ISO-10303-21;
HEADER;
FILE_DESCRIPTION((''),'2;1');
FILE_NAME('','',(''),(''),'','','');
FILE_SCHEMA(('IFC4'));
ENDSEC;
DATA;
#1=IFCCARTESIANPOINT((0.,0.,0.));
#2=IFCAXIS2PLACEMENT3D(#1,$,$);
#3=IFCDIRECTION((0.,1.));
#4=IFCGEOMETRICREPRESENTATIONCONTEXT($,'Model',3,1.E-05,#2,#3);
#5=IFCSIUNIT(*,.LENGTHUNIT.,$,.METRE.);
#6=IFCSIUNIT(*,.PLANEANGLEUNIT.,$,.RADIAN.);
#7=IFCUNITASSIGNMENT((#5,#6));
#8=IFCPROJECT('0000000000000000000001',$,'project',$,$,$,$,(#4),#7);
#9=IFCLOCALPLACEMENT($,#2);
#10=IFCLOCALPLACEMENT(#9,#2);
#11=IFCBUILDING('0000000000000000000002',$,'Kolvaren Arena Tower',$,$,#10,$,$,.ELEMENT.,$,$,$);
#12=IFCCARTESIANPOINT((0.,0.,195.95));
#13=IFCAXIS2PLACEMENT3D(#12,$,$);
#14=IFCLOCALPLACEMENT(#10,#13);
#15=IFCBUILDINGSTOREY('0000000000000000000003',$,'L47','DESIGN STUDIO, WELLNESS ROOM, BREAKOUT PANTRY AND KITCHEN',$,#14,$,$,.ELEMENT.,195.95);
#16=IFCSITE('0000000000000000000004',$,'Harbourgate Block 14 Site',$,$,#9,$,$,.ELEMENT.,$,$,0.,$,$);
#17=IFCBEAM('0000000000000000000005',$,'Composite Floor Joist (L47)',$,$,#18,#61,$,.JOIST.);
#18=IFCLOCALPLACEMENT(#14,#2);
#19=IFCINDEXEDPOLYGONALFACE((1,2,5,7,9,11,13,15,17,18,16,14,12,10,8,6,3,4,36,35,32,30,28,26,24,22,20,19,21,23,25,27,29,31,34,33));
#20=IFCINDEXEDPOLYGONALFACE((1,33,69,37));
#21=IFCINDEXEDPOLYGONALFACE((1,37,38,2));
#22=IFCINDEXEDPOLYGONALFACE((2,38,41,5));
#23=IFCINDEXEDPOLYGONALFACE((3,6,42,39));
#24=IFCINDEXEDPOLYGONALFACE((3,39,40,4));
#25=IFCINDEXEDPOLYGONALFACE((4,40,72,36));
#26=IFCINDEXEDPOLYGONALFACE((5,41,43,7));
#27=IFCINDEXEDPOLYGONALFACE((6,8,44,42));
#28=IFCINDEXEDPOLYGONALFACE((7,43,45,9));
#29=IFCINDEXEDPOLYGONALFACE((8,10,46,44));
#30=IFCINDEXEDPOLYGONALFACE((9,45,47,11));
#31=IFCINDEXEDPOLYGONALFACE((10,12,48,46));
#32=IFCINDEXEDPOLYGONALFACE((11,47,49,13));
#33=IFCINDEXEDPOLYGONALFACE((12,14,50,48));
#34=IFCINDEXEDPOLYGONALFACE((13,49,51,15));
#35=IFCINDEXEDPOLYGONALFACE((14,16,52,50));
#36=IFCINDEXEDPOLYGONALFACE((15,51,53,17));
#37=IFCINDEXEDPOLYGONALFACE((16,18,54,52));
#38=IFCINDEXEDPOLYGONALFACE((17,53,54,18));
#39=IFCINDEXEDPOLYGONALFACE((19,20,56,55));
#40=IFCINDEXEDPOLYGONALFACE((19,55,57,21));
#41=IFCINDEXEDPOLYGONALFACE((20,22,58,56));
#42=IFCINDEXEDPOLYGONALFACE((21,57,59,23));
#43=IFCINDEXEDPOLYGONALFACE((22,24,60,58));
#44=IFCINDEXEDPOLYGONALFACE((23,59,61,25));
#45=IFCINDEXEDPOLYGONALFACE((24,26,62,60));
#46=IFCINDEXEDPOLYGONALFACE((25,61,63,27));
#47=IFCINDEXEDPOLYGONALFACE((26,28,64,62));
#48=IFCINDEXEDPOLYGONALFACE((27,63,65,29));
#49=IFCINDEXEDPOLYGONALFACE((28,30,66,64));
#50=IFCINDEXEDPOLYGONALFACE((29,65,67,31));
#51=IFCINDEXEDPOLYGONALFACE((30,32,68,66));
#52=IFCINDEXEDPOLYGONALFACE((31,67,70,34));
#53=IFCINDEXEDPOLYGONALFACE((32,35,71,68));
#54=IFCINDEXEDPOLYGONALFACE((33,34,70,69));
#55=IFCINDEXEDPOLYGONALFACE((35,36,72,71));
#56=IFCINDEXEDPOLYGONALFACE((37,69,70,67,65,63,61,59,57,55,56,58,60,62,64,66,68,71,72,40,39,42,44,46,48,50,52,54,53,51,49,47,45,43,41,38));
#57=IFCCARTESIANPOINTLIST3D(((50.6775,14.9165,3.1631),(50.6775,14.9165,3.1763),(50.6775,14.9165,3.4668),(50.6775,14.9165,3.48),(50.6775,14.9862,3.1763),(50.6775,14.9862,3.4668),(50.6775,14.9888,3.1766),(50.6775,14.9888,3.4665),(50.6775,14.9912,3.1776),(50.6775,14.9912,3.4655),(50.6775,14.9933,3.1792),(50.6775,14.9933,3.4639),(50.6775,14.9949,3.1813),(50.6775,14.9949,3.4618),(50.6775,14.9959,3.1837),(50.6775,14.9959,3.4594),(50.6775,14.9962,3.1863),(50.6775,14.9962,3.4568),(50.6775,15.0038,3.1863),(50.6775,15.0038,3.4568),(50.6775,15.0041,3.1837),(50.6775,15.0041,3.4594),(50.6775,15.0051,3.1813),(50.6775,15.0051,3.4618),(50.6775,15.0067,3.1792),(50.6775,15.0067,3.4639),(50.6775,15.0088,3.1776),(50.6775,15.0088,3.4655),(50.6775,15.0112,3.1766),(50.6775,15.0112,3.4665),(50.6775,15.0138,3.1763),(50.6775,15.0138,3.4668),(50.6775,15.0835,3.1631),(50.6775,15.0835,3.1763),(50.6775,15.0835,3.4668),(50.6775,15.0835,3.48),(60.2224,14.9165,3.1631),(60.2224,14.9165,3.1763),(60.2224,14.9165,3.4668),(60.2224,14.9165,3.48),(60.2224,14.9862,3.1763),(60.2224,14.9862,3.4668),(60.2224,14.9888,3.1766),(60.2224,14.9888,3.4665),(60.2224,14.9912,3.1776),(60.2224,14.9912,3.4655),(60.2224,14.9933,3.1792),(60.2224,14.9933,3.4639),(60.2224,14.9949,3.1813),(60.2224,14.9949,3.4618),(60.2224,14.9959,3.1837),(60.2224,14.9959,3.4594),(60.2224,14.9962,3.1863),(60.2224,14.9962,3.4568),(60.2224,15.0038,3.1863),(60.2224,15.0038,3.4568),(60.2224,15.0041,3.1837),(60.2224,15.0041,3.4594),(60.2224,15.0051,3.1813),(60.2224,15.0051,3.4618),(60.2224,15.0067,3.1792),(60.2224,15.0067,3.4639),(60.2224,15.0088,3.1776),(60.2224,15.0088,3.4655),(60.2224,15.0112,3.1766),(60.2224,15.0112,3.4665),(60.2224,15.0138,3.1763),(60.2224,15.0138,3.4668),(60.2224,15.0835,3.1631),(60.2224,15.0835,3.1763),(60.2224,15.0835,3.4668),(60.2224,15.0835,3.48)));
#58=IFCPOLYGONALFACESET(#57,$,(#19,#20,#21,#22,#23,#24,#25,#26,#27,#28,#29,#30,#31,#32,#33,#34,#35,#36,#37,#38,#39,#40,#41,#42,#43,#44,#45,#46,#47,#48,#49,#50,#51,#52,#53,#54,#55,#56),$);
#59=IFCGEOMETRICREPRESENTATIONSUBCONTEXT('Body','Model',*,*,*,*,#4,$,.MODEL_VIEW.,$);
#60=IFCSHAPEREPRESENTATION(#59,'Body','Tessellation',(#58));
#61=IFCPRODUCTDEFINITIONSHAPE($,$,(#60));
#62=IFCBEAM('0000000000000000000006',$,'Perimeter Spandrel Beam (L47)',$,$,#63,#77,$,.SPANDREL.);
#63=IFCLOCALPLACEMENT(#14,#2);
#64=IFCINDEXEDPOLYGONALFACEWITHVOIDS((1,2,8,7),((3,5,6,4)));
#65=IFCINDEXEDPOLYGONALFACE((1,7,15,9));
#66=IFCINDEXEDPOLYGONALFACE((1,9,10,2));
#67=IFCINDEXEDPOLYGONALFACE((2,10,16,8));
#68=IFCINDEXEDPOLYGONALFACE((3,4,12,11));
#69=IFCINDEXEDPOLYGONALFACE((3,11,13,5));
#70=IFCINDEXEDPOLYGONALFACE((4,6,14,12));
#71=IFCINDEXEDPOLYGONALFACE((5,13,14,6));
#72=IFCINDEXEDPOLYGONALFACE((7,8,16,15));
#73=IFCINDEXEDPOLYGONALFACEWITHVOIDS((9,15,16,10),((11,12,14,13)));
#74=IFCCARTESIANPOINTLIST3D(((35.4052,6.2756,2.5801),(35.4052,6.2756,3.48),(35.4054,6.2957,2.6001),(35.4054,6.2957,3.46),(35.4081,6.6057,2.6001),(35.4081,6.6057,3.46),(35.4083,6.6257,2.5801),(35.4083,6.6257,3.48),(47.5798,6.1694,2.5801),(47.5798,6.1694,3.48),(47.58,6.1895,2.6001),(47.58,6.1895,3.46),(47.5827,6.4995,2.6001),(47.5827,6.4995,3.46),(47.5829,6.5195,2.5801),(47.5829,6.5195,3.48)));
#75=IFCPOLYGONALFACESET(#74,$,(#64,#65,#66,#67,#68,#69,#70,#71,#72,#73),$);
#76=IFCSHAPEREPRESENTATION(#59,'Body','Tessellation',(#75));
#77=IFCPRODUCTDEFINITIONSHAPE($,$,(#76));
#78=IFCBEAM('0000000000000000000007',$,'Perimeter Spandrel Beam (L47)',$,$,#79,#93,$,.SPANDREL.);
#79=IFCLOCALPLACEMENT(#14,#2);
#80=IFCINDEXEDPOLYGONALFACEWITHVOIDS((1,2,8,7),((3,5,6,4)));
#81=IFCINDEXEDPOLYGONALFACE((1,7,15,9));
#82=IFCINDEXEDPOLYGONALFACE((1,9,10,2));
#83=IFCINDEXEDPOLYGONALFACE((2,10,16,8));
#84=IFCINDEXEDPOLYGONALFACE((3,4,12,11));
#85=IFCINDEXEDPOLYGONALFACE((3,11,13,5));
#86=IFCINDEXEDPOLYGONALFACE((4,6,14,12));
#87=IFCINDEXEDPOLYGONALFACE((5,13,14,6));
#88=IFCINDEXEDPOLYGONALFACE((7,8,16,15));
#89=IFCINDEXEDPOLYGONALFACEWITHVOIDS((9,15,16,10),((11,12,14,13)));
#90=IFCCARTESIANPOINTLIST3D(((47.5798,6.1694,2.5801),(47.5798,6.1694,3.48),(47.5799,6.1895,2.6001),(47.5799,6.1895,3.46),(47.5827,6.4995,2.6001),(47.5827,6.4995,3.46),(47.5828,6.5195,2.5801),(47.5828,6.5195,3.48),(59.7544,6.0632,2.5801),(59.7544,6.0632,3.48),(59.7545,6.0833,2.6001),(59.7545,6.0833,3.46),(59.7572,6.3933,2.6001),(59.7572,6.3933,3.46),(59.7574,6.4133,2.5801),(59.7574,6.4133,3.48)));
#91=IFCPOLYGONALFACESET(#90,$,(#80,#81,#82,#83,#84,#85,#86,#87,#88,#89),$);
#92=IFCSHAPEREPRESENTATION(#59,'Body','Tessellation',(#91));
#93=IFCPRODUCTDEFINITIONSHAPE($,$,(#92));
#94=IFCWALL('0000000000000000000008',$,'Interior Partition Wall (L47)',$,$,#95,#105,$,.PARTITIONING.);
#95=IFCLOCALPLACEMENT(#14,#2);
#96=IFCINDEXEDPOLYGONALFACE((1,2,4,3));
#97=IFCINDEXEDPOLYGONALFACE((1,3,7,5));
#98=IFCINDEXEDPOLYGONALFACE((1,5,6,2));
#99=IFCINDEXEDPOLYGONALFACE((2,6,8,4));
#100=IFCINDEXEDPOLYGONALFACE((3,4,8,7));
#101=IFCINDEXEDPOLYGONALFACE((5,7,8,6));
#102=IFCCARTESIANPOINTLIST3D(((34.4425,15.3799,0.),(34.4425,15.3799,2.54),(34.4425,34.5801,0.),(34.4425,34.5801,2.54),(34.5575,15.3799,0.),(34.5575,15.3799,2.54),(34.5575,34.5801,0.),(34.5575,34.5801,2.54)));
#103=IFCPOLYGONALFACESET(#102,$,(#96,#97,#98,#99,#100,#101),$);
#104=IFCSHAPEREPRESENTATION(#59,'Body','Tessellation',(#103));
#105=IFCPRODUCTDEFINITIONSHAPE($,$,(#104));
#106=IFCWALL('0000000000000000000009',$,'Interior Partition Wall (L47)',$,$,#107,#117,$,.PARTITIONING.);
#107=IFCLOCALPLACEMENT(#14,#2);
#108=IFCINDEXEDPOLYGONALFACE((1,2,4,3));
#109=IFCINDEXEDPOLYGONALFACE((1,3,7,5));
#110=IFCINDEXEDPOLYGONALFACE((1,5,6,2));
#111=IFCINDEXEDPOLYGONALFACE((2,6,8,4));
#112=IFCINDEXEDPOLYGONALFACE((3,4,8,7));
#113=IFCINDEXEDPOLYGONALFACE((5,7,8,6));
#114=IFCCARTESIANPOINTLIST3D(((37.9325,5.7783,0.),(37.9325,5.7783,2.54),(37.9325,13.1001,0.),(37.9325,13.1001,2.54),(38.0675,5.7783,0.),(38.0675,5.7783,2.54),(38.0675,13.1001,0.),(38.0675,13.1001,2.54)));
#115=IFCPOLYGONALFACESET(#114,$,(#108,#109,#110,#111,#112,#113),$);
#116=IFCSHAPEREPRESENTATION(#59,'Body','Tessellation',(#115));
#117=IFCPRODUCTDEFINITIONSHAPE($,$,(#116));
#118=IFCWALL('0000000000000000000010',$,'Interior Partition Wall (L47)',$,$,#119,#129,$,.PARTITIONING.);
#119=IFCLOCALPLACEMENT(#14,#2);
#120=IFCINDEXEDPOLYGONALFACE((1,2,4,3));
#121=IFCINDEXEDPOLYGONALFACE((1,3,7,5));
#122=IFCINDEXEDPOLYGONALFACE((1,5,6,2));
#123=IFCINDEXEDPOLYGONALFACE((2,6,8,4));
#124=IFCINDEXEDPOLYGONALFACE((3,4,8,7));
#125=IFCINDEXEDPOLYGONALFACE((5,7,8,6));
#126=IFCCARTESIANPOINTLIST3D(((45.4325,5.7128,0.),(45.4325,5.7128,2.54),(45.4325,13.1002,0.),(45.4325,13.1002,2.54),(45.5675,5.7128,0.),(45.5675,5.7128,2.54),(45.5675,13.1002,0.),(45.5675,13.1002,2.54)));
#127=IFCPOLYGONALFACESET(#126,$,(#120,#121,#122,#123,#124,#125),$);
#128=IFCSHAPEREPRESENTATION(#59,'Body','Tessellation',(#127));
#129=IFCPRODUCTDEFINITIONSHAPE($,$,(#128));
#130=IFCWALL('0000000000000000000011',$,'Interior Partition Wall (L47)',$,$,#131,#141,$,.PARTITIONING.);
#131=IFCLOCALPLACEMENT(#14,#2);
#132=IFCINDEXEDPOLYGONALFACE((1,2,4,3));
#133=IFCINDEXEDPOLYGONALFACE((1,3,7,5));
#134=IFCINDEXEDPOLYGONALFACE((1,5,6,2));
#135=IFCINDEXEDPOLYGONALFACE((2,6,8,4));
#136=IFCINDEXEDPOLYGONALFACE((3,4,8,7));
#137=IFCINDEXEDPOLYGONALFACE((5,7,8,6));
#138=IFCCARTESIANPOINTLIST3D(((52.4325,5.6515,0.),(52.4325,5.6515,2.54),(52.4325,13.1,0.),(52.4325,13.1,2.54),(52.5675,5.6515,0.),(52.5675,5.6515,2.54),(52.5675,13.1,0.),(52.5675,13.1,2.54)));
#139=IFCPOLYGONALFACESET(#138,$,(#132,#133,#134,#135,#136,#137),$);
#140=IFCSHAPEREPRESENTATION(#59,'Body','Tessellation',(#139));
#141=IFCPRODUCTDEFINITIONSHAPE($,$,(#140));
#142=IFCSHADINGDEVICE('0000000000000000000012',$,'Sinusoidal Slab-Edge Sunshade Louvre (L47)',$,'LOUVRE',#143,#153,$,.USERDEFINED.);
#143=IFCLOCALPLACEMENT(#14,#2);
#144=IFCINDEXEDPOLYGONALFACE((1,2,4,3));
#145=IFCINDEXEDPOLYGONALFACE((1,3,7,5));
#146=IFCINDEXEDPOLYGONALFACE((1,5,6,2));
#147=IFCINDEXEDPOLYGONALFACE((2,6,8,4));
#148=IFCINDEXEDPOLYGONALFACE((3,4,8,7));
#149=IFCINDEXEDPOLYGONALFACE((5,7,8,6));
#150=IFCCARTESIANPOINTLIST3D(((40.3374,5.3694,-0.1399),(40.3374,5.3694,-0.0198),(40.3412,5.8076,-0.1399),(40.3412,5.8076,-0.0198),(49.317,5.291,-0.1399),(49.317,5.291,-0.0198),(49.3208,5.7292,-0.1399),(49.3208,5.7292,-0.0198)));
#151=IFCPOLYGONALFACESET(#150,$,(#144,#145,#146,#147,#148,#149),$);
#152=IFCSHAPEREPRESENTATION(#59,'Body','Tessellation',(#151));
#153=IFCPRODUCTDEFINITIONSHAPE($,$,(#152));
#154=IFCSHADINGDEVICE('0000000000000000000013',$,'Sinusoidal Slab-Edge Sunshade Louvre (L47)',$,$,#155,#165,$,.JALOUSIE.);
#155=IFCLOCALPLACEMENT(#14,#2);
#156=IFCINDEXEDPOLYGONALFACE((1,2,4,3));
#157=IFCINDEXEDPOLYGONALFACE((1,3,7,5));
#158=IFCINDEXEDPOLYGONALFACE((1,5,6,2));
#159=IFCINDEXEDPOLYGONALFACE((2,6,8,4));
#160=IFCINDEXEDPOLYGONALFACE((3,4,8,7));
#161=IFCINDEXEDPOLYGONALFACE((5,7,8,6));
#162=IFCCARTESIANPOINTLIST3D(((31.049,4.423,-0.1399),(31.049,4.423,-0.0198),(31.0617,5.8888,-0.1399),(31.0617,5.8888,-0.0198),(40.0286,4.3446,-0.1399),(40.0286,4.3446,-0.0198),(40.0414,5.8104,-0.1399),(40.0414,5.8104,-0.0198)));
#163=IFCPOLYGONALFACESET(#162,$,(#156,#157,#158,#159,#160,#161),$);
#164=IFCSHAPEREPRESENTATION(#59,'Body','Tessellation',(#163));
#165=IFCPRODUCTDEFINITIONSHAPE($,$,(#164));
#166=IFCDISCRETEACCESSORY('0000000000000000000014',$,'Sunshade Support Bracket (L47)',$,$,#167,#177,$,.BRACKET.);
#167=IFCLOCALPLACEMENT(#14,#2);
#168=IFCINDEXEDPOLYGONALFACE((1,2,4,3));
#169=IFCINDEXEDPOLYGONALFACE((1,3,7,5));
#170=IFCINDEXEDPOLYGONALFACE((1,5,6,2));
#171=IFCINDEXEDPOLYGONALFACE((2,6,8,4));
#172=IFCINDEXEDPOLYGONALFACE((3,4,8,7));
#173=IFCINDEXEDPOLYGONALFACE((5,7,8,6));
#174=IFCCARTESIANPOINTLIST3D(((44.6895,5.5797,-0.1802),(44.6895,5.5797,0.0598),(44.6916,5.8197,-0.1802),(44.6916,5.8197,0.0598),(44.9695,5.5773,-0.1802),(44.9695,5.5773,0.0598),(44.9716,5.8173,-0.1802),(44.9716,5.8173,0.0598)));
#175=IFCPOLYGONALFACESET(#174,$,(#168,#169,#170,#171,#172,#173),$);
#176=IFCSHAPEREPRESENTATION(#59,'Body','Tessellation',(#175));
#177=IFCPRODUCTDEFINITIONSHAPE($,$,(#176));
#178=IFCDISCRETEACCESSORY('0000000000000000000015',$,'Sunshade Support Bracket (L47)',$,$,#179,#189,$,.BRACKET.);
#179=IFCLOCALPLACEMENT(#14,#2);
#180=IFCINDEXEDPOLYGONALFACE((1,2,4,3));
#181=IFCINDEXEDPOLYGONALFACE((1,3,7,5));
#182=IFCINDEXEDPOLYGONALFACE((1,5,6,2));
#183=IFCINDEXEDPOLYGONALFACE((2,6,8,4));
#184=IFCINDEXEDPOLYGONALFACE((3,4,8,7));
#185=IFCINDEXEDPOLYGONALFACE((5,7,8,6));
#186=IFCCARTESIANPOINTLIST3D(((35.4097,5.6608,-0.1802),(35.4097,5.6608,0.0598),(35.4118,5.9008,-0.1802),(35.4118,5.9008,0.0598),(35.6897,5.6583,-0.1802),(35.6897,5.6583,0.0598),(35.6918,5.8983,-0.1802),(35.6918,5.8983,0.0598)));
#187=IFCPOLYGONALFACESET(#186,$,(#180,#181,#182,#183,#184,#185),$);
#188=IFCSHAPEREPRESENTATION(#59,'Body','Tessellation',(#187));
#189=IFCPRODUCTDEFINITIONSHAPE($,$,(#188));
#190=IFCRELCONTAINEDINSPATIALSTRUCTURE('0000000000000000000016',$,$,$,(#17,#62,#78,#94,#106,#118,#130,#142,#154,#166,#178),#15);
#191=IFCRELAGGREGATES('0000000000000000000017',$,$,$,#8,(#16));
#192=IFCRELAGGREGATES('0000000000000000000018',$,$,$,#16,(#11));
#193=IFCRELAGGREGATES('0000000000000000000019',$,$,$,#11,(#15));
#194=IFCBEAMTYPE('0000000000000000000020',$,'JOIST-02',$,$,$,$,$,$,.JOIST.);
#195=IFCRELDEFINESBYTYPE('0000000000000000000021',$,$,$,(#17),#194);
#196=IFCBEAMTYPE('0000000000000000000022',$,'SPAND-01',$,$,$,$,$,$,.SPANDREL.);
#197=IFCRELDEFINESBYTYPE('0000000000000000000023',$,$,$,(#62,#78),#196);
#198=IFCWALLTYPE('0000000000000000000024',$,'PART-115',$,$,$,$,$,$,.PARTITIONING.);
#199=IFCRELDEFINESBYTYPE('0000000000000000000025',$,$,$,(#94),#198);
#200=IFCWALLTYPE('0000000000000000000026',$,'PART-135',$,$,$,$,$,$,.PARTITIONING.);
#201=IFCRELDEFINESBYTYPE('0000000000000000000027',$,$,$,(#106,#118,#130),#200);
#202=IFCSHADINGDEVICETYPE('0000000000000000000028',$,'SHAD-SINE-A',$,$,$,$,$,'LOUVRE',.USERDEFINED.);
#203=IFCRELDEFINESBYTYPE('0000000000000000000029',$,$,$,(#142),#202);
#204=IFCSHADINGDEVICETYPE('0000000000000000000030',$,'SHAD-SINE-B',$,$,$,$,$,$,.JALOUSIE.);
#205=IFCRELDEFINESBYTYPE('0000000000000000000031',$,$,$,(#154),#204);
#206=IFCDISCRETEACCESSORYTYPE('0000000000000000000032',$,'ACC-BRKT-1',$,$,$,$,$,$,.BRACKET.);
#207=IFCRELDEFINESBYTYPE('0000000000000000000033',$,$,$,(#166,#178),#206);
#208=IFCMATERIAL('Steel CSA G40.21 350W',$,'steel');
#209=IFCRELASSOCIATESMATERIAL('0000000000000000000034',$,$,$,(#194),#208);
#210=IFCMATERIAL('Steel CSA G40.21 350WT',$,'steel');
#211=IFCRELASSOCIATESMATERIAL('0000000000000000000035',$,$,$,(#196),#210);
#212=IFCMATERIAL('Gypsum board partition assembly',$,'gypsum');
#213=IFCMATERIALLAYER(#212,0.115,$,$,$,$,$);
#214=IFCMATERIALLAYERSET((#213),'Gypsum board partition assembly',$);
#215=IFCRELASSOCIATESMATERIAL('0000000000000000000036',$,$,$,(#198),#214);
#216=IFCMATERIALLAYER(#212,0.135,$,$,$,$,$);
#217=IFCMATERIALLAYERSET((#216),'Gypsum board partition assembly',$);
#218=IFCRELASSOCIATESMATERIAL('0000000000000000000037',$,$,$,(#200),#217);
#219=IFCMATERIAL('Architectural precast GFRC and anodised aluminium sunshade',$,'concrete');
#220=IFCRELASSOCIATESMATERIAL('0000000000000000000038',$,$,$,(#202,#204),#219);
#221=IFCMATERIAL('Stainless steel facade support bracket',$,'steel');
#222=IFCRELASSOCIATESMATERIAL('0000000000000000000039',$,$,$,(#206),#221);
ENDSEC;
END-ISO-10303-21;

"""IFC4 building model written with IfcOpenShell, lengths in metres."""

from ifc_helpers import new_model, si_unit, direction, frame, frame_2d, origin, origin_2d, place, context, subcontext, project, spatial, rectangle, hollow_rectangle, i_section, extrude, material, layer, layer_set, material_profile, profile_set, type_object, element, save


model = new_model("IFC4")

# Units and contexts
model_context = context("Model", 3, precision=1e-05, world=origin(), true_north=direction((0.0, 1.0)))
body_context = subcontext(model_context, "Body", "Model", "MODEL_VIEW")
ifc_project = project(units=[si_unit("LENGTHUNIT", "METRE"), si_unit("PLANEANGLEUNIT", "RADIAN")], contexts=[model_context])

# Site, building, storey
site_placement = place(None, origin())
site = spatial("IfcSite", under=ifc_project, at=site_placement, Name="Harbourgate Block 14 Site", CompositionType="ELEMENT", RefElevation=0.0)
building_placement = place(site_placement, origin())
building = spatial("IfcBuilding", under=site, at=building_placement, Name="Kolvaren Arena Tower", CompositionType="ELEMENT")
storey_placement = place(building_placement, frame((0.0, 0.0, 195.95)))
storey = spatial("IfcBuildingStorey", under=building, at=storey_placement, Name="L47", Description="DESIGN STUDIO, WELLNESS ROOM, BREAKOUT PANTRY AND KITCHEN", CompositionType="ELEMENT", Elevation=195.95)

# Beams
ifc_material_1 = material(Name="Steel CSA G40.21 350W", Category="steel")
ifc_material_profile_1 = material_profile(ifc_material_1, i_section(OverallWidth=0.167, OverallDepth=0.3169, WebThickness=0.0076, FlangeThickness=0.0132, FilletRadius=0.01, at=origin_2d()), Name="W310x52")
ifc_profile_set_1 = profile_set([ifc_material_profile_1], Name="Steel CSA G40.21 350W")
beam_type_1 = type_object("IfcBeamType", Name="JOIST-02", PredefinedType="JOIST", material=ifc_profile_set_1)
beam_1_placement = place(storey_placement, frame((50.6775, 15.0, 3.3215), z_axis=(1.0, 0.0, 0.0), x_axis=(0.0, 1.0, 0.0)))
element("IfcBeam", 1, at=beam_1_placement, inside=storey, type_object=beam_type_1, Name="Composite Floor Joist (L47)", PredefinedType="JOIST", context=body_context, shape_type="SweptSolid", body=[
    extrude(i_section(OverallWidth=0.167, OverallDepth=0.3169, WebThickness=0.0076, FlangeThickness=0.0132, FilletRadius=0.01, at=origin_2d()), origin(), (0.0, 0.0, 1.0), 9.5449),
])
ifc_material_2 = material(Name="Steel CSA G40.21 350WT", Category="steel")
ifc_material_profile_2 = material_profile(ifc_material_2, hollow_rectangle(XDim=0.3501, YDim=0.8999, WallThickness=0.02, at=origin_2d()), Name="HSS 900x350x20")
ifc_profile_set_2 = profile_set([ifc_material_profile_2], Name="Steel CSA G40.21 350WT")
beam_type_2 = type_object("IfcBeamType", Name="SPAND-01", PredefinedType="SPANDREL", material=ifc_profile_set_2)
for number, where, z_axis, x_axis, name in (
    (2, (35.4067, 6.4507, 3.03), (0.999962, -0.008723, 0.0), (0.008723, 0.999962, 0.0), "Perimeter Spandrel Beam (L47)"),
    (3, (47.5813, 6.3445, 3.03), (0.999962, -0.008723, 0.0), (0.008723, 0.999962, 0.0), "Perimeter Spandrel Beam (L47)"),
):
    element("IfcBeam", number, at=place(storey_placement, frame(where, z_axis=z_axis, x_axis=x_axis)), inside=storey, type_object=beam_type_2, Name=name, PredefinedType="SPANDREL", context=body_context, shape_type="SweptSolid", body=[
        extrude(hollow_rectangle(XDim=0.3501, YDim=0.8999, WallThickness=0.02, at=origin_2d()), origin(), (0.0, 0.0, 1.0), 12.175),
    ])

# Walls
ifc_material_3 = material(Name="Gypsum board partition assembly", Category="gypsum")
ifc_layer_1 = layer(ifc_material_3, 0.115)
ifc_layer_set_1 = layer_set([ifc_layer_1], Name="Gypsum board partition assembly")
wall_type_1 = type_object("IfcWallType", Name="PART-115", PredefinedType="PARTITIONING", material=ifc_layer_set_1)
wall_1_placement = place(storey_placement, frame((34.5, 15.3799, 0.0), z_axis=(0.0, 0.0, 1.0), x_axis=(0.0, 1.0, 0.0)))
element("IfcWall", 4, at=wall_1_placement, inside=storey, type_object=wall_type_1, Name="Interior Partition Wall (L47)", PredefinedType="PARTITIONING", context=body_context, shape_type="SweptSolid", body=[
    extrude(rectangle(XDim=19.2002, YDim=0.115, at=frame_2d((9.6001, 0.0))), origin(), (0.0, 0.0, 1.0), 2.54),
])
ifc_layer_2 = layer(ifc_material_3, 0.135)
ifc_layer_set_2 = layer_set([ifc_layer_2], Name="Gypsum board partition assembly")
wall_type_2 = type_object("IfcWallType", Name="PART-135", PredefinedType="PARTITIONING", material=ifc_layer_set_2)
wall_2_placement = place(storey_placement, frame((38.0, 5.7783, 0.0), z_axis=(0.0, 0.0, 1.0), x_axis=(0.0, 1.0, 0.0)))
element("IfcWall", 5, at=wall_2_placement, inside=storey, type_object=wall_type_2, Name="Interior Partition Wall (L47)", PredefinedType="PARTITIONING", context=body_context, shape_type="SweptSolid", body=[
    extrude(rectangle(XDim=7.3218, YDim=0.135, at=frame_2d((3.6609, 0.0))), origin(), (0.0, 0.0, 1.0), 2.54),
])
wall_3_placement = place(storey_placement, frame((45.5, 5.7126, 0.0), z_axis=(0.0, 0.0, 1.0), x_axis=(0.0, 1.0, 0.0)))
element("IfcWall", 6, at=wall_3_placement, inside=storey, type_object=wall_type_2, Name="Interior Partition Wall (L47)", PredefinedType="PARTITIONING", context=body_context, shape_type="SweptSolid", body=[
    extrude(rectangle(XDim=7.3875, YDim=0.135, at=frame_2d((3.6938, 0.0))), origin(), (0.0, 0.0, 1.0), 2.54),
])
wall_4_placement = place(storey_placement, frame((52.5, 5.6516, 0.0), z_axis=(0.0, 0.0, 1.0), x_axis=(0.0, 1.0, 0.0)))
element("IfcWall", 7, at=wall_4_placement, inside=storey, type_object=wall_type_2, Name="Interior Partition Wall (L47)", PredefinedType="PARTITIONING", context=body_context, shape_type="SweptSolid", body=[
    extrude(rectangle(XDim=7.4485, YDim=0.135, at=frame_2d((3.7241, 0.0))), origin(), (0.0, 0.0, 1.0), 2.54),
])

# Shading devices
ifc_material_4 = material(Name="Architectural precast GFRC and anodised aluminium sunshade", Category="concrete")
shading_device_type_1 = type_object("IfcShadingDeviceType", Name="SHAD-SINE-A", ElementType="LOUVRE", PredefinedType="USERDEFINED", material=ifc_material_4)
shading_device_1_placement = place(storey_placement, frame((44.8291, 5.5493, -0.1399), z_axis=(0.0, 0.0, 1.0), x_axis=(-0.999962, 0.008727, 0.0)))
element("IfcShadingDevice", 8, at=shading_device_1_placement, inside=storey, type_object=shading_device_type_1, Name="Sinusoidal Slab-Edge Sunshade Louvre (L47)", ObjectType="LOUVRE", PredefinedType="USERDEFINED", context=body_context, shape_type="SweptSolid", body=[
    extrude(rectangle(XDim=8.98, YDim=0.4382, at=origin_2d()), origin(), (0.0, 0.0, 1.0), 0.1201),
])
shading_device_type_2 = type_object("IfcShadingDeviceType", Name="SHAD-SINE-B", PredefinedType="JALOUSIE", material=ifc_material_4)
shading_device_2_placement = place(storey_placement, frame((35.5452, 5.1167, -0.1399), z_axis=(0.0, 0.0, 1.0), x_axis=(-0.999962, 0.008727, 0.0)))
element("IfcShadingDevice", 9, at=shading_device_2_placement, inside=storey, type_object=shading_device_type_2, Name="Sinusoidal Slab-Edge Sunshade Louvre (L47)", PredefinedType="JALOUSIE", context=body_context, shape_type="SweptSolid", body=[
    extrude(rectangle(XDim=8.98, YDim=1.4658, at=origin_2d()), origin(), (0.0, 0.0, 1.0), 0.1201),
])

# Discrete accessories
ifc_material_5 = material(Name="Stainless steel facade support bracket", Category="steel")
discrete_accessory_type = type_object("IfcDiscreteAccessoryType", Name="ACC-BRKT-1", PredefinedType="BRACKET", material=ifc_material_5)
for number, where, z_axis, x_axis, name in (
    (10, (44.8306, 5.6985, -0.1802), (0.0, 0.0, 1.0), (-0.999962, 0.008727, 0.0), "Sunshade Support Bracket (L47)"),
    (11, (35.5508, 5.7795, -0.1802), (0.0, 0.0, 1.0), (-0.999962, 0.008727, 0.0), "Sunshade Support Bracket (L47)"),
):
    element("IfcDiscreteAccessory", number, at=place(storey_placement, frame(where, z_axis=z_axis, x_axis=x_axis)), inside=storey, type_object=discrete_accessory_type, Name=name, PredefinedType="BRACKET", context=body_context, shape_type="SweptSolid", body=[
        extrude(rectangle(XDim=0.28, YDim=0.24, at=origin_2d()), origin(), (0.0, 0.0, 1.0), 0.24),
    ])

save(model, "model.ifc")
